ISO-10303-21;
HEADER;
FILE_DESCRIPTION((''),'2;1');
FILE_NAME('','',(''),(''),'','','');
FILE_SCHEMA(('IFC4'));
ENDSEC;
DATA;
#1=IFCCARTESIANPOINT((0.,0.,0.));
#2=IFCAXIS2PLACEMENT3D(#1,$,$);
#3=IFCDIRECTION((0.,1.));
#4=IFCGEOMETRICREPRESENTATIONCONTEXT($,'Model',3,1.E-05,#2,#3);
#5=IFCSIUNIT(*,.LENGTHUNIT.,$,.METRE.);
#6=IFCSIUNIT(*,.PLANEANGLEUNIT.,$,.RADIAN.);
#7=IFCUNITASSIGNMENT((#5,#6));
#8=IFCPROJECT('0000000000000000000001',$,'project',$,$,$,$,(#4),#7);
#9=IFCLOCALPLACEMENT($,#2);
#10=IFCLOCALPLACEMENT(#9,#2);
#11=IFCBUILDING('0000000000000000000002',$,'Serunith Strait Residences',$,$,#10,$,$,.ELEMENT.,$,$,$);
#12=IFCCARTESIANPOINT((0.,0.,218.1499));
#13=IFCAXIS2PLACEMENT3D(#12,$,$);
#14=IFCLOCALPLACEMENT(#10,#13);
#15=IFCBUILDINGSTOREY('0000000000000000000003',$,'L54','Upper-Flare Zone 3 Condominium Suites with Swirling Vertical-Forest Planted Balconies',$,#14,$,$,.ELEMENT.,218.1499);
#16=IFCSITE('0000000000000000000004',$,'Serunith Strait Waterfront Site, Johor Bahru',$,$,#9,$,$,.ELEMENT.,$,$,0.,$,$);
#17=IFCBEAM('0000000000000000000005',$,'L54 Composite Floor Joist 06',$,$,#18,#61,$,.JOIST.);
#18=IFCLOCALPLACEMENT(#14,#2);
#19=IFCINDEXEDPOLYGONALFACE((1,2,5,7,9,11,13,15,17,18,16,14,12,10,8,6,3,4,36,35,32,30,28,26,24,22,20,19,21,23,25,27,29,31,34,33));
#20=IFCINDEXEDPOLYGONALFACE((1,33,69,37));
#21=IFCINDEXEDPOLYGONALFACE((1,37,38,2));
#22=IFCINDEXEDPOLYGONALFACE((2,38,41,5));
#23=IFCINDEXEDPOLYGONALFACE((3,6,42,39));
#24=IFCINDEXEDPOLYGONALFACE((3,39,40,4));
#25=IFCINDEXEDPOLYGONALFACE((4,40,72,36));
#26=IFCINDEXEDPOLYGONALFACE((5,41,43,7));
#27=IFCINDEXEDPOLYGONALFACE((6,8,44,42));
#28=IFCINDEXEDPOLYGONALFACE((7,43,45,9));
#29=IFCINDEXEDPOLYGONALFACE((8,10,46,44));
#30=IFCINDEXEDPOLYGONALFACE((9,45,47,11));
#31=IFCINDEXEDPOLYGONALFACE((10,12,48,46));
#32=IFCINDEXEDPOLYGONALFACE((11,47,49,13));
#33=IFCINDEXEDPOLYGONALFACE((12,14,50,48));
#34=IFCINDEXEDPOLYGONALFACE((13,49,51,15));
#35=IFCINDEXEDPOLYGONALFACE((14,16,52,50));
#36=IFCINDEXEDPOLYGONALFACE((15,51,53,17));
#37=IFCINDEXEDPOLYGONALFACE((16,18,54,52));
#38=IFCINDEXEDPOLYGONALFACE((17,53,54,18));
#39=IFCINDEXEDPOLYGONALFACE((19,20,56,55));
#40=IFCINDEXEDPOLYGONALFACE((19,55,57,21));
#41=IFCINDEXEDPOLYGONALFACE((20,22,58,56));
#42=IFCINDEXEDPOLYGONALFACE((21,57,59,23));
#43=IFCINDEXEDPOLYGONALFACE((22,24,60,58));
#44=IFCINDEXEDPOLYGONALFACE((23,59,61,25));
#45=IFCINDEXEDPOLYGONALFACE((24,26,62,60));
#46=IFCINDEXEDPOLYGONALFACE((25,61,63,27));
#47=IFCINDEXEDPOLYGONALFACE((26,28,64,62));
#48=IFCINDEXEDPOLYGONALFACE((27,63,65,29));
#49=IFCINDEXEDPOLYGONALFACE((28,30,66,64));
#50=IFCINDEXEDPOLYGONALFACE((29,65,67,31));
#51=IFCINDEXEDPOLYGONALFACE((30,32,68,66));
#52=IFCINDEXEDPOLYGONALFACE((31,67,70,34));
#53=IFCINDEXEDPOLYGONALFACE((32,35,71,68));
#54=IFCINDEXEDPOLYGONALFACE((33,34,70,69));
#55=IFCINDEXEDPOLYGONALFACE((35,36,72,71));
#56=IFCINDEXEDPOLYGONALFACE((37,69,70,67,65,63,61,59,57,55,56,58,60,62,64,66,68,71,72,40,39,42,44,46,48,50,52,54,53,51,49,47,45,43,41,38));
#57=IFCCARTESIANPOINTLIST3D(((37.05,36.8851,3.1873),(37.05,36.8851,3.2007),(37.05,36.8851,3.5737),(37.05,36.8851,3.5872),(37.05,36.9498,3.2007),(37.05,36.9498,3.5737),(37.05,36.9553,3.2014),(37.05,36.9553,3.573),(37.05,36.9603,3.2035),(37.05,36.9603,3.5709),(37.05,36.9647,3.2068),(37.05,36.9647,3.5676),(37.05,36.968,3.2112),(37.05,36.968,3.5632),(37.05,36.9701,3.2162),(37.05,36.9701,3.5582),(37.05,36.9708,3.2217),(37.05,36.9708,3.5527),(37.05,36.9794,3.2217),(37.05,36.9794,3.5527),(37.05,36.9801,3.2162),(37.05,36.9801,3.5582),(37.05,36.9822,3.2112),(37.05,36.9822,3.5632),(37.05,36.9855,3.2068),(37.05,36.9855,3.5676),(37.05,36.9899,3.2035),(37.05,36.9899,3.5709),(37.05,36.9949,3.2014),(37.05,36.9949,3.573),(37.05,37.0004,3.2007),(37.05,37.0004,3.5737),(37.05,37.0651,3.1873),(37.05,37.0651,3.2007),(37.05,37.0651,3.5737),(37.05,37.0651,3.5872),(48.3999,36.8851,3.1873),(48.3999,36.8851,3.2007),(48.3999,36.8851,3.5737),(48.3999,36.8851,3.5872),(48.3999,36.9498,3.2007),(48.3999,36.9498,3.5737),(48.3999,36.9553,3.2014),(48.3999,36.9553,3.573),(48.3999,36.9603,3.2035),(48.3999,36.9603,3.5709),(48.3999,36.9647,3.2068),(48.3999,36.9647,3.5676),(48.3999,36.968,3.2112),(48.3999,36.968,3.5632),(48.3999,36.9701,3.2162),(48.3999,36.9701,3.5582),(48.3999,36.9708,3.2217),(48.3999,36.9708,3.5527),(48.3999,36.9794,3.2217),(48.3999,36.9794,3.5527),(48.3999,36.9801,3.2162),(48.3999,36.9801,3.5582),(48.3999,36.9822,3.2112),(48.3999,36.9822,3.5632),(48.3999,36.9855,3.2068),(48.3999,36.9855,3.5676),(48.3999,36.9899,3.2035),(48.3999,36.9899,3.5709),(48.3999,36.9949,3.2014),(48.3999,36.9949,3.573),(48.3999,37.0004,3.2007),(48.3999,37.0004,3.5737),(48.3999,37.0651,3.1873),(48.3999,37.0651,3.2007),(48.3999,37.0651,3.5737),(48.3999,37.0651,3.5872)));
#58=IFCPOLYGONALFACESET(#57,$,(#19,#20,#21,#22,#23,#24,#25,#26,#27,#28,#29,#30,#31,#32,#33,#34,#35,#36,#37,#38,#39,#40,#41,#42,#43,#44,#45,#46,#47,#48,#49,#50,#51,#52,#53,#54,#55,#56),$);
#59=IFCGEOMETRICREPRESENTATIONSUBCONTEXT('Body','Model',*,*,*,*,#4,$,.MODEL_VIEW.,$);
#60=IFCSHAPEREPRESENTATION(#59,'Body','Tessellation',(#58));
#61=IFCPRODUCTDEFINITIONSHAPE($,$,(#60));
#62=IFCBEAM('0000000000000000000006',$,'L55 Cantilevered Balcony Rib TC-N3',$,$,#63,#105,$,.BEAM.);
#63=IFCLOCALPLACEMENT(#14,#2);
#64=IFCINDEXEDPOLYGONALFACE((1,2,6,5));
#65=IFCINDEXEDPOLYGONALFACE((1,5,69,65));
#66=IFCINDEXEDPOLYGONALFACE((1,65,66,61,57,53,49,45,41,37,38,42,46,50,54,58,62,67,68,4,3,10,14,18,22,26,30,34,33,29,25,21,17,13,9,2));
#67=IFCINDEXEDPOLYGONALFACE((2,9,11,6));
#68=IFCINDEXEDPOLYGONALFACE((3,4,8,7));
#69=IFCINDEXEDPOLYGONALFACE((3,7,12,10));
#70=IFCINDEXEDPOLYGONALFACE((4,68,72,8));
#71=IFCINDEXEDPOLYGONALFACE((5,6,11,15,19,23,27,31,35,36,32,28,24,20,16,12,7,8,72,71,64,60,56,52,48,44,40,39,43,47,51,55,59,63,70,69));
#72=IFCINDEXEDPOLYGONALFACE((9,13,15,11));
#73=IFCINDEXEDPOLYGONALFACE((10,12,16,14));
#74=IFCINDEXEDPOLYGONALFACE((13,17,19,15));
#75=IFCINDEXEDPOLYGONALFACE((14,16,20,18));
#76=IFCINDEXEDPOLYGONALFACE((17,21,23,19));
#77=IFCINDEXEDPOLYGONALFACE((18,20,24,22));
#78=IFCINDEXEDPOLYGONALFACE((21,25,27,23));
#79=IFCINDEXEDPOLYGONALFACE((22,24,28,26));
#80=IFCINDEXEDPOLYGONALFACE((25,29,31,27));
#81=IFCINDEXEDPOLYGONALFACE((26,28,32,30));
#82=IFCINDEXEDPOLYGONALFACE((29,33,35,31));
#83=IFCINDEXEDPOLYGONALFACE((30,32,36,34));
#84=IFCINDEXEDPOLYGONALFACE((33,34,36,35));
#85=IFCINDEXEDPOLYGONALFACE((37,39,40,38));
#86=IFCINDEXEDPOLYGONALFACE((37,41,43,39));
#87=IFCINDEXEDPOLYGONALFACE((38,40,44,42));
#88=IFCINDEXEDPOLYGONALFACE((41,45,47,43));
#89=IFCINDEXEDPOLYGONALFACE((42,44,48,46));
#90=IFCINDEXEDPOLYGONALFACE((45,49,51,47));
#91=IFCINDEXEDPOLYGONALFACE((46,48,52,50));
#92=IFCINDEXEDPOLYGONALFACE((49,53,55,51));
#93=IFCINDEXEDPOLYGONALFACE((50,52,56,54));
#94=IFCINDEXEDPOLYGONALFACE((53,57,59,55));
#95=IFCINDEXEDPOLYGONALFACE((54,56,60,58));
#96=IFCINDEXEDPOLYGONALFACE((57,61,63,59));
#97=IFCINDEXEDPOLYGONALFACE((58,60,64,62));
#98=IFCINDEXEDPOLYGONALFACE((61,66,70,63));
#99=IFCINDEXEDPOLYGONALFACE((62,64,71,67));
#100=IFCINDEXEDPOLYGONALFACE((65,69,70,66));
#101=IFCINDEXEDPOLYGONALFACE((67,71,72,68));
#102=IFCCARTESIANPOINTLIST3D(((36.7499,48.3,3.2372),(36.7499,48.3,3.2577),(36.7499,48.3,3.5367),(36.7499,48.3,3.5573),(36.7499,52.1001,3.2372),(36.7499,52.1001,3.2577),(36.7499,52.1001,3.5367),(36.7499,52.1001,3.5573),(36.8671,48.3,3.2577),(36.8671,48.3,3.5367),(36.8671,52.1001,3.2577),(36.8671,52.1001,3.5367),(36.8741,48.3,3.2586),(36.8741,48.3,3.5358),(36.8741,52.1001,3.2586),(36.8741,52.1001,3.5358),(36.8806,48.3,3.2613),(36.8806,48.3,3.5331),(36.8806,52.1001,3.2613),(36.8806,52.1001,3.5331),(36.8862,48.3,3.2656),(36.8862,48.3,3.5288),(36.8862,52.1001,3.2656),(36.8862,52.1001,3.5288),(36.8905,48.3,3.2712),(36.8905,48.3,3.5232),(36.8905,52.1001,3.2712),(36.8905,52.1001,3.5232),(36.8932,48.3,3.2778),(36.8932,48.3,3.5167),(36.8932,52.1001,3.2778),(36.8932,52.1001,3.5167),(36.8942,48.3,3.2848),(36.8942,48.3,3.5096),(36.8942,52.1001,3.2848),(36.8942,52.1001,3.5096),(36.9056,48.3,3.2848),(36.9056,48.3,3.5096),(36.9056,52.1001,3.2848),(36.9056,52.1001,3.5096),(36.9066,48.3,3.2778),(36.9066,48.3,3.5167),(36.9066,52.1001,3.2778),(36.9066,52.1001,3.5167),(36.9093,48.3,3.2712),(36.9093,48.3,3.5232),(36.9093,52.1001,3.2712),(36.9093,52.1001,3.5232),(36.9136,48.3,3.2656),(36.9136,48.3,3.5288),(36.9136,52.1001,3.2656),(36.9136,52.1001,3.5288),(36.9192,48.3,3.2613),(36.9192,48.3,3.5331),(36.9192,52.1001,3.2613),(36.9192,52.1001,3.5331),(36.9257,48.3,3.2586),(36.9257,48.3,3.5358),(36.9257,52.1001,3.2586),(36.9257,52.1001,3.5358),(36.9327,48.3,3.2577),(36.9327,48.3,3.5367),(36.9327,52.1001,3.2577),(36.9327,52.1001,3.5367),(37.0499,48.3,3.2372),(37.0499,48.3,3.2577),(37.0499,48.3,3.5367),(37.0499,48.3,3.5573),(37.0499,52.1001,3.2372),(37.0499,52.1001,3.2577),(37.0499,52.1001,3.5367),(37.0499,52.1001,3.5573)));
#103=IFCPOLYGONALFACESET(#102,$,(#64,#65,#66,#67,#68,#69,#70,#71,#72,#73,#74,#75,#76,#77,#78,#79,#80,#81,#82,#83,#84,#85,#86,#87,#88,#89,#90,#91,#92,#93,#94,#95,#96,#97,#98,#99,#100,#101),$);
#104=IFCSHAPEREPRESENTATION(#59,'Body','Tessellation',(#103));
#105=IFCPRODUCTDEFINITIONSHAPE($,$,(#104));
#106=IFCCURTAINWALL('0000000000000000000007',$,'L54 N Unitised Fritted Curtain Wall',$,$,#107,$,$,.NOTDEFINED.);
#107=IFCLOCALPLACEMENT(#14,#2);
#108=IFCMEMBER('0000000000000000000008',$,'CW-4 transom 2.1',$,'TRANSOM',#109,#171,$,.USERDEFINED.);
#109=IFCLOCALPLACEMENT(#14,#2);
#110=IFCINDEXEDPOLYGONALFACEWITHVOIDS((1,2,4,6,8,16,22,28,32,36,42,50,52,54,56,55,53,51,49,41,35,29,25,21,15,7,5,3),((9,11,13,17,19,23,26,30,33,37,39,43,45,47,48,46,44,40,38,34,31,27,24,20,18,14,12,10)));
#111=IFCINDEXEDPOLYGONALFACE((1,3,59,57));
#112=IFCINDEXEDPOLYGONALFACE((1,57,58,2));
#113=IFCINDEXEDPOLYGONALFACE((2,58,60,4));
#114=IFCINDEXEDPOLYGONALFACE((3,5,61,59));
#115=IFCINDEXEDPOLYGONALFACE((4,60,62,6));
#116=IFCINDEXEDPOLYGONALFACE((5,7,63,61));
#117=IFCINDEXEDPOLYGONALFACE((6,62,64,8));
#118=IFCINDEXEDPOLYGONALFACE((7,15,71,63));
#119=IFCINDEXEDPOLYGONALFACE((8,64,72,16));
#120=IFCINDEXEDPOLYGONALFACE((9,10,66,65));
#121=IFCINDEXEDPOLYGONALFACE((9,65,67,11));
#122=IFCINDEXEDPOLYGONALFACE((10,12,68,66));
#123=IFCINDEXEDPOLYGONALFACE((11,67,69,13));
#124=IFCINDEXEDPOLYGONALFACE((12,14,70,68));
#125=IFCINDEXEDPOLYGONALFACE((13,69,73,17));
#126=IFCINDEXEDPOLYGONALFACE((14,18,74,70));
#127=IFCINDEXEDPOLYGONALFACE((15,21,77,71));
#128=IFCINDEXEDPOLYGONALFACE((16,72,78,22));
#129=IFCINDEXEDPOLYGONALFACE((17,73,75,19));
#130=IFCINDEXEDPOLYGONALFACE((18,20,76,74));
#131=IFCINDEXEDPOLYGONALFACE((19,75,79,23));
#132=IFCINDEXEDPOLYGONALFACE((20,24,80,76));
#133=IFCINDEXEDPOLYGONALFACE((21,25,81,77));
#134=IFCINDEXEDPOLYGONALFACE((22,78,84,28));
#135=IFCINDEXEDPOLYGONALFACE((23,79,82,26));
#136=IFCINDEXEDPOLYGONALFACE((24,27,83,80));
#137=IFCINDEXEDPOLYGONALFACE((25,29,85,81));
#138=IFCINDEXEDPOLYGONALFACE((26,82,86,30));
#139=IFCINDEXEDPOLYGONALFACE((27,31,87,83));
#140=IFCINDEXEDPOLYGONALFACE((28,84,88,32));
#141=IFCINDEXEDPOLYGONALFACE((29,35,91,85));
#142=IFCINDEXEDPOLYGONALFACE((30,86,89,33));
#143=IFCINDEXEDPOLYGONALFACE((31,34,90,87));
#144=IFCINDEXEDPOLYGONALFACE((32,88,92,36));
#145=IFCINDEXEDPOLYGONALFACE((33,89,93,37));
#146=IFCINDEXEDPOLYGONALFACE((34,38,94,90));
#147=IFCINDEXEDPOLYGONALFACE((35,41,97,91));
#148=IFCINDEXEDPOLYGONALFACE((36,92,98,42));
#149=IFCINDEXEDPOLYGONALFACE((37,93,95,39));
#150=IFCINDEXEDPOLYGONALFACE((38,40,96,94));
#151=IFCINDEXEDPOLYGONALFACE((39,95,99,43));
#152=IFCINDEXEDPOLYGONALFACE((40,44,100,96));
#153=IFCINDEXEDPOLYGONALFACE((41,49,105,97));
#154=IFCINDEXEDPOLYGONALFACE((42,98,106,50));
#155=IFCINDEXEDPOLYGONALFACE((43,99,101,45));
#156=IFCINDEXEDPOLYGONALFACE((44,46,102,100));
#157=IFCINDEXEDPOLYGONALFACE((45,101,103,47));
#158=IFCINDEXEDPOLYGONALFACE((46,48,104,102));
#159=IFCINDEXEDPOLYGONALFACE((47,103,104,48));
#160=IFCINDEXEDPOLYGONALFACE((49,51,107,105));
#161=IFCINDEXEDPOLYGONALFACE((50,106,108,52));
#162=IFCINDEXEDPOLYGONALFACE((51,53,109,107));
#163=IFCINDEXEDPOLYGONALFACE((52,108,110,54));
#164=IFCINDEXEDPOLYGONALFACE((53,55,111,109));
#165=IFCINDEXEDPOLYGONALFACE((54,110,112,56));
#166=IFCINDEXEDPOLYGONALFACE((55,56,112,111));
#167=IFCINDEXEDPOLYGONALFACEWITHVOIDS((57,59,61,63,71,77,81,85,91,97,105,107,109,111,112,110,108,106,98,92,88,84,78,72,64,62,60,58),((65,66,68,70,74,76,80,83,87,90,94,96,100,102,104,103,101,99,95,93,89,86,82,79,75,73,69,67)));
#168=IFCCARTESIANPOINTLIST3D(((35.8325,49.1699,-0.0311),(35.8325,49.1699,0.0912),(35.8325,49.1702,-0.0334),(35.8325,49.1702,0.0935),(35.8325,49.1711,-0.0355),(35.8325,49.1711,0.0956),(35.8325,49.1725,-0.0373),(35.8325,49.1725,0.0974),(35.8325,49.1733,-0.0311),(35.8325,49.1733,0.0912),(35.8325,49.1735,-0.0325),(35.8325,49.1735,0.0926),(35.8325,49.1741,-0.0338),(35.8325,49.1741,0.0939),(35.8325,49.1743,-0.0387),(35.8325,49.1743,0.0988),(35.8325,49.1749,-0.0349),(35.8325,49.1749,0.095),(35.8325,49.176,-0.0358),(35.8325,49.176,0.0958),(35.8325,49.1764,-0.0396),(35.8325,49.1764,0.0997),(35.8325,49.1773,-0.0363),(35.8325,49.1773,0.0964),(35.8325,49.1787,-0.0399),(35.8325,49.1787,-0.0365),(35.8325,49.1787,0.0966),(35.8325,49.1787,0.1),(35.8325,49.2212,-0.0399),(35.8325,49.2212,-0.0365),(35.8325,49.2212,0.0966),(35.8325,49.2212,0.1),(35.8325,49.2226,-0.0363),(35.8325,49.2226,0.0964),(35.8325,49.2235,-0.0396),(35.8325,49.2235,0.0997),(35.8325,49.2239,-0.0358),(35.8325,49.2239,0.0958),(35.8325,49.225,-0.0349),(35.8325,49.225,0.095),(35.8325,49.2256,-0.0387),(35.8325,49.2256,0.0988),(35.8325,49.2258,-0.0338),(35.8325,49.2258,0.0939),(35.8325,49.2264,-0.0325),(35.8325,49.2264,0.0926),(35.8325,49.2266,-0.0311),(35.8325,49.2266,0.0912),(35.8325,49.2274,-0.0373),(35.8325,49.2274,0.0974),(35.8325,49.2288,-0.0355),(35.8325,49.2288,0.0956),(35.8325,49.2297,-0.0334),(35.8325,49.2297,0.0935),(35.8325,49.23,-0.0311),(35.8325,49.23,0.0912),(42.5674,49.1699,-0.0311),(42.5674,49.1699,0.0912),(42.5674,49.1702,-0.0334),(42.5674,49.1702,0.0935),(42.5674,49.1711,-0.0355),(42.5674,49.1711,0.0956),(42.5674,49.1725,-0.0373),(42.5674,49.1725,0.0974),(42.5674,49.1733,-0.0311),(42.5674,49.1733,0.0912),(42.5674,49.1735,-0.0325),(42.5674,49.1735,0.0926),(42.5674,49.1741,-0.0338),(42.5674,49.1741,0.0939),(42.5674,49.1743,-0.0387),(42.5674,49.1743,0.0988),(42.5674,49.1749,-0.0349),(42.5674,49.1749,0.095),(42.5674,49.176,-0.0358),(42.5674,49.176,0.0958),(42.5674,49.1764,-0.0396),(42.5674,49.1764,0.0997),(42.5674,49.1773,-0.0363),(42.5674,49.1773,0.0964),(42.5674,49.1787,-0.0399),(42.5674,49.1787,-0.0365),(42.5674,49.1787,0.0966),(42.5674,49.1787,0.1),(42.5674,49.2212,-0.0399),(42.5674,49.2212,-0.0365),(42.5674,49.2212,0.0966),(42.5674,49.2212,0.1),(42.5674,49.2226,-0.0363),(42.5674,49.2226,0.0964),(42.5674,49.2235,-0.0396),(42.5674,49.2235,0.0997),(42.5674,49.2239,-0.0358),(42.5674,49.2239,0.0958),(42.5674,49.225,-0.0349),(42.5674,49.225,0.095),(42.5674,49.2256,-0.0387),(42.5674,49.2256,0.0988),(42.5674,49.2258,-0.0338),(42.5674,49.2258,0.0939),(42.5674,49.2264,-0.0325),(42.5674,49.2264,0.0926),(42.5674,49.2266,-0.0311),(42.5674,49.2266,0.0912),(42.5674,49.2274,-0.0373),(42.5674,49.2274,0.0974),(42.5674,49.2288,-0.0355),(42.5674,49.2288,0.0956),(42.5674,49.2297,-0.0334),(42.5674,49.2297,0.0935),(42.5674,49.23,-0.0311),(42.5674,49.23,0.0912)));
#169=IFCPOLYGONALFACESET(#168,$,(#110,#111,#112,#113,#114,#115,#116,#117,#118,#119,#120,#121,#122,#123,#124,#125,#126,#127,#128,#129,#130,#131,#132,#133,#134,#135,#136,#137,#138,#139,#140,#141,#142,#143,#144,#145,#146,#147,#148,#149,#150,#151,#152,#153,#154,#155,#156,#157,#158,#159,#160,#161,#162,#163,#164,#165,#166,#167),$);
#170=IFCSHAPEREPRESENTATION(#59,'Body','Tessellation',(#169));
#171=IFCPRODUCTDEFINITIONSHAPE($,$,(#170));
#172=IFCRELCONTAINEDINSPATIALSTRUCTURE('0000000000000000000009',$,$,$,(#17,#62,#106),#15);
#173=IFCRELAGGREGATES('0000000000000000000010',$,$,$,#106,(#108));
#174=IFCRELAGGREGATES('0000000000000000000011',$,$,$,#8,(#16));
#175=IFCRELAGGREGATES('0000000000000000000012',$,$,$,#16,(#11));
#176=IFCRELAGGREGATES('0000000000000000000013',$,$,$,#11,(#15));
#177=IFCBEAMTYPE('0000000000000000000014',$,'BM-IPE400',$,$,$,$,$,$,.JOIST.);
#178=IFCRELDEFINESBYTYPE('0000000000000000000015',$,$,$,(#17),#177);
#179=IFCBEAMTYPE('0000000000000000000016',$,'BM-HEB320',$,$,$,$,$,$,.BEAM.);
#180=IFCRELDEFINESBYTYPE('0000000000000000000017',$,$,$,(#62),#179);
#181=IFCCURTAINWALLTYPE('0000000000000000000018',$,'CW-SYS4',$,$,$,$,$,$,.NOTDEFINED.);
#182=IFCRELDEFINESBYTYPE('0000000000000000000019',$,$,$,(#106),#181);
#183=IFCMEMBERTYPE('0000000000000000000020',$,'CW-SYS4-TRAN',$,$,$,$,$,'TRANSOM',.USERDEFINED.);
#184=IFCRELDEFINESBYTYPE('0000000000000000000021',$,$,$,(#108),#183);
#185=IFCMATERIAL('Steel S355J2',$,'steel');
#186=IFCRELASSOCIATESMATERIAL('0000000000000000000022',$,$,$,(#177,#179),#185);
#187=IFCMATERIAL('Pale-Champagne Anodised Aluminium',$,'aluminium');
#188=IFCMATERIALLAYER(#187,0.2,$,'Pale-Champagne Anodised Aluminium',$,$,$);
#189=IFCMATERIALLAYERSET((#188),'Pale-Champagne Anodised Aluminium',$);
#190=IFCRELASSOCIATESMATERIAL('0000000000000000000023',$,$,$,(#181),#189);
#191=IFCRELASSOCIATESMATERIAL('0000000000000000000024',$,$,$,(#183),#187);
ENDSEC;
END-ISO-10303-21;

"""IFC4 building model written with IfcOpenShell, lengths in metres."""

from ifc_helpers import new_model, si_unit, direction, frame, origin, origin_2d, place, context, subcontext, project, spatial, hollow_rectangle, i_section, extrude, source, transform, mapped, material, layer, layer_set, material_profile, profile_set, type_object, element, aggregate, save


model = new_model("IFC4")

# Units and contexts
model_context = context("Model", 3, precision=1e-05, world=origin(), true_north=direction((0.0, 1.0)))
body_context = subcontext(model_context, "Body", "Model", "MODEL_VIEW")
ifc_project = project(units=[si_unit("LENGTHUNIT", "METRE"), si_unit("PLANEANGLEUNIT", "RADIAN")], contexts=[model_context])

# Site, building, storey
site_placement = place(None, origin())
site = spatial("IfcSite", under=ifc_project, at=site_placement, Name="Serunith Strait Waterfront Site, Johor Bahru", CompositionType="ELEMENT", RefElevation=0.0)
building_placement = place(site_placement, origin())
building = spatial("IfcBuilding", under=site, at=building_placement, Name="Serunith Strait Residences", CompositionType="ELEMENT")
storey_placement = place(building_placement, frame((0.0, 0.0, 218.1499)))
storey = spatial("IfcBuildingStorey", under=building, at=storey_placement, Name="L54", Description="Upper-Flare Zone 3 Condominium Suites with Swirling Vertical-Forest Planted Balconies", CompositionType="ELEMENT", Elevation=218.1499)

# Beams
ifc_material_1 = material(Name="Steel S355J2", Category="steel")
ifc_material_profile_1 = material_profile(ifc_material_1, i_section(OverallWidth=0.1799, OverallDepth=0.3999, WebThickness=0.0085, FlangeThickness=0.0134, FilletRadius=0.021, at=origin_2d()), Name="IPE 400")
ifc_profile_set_1 = profile_set([ifc_material_profile_1], Name="Steel S355J2")
beam_type_1 = type_object("IfcBeamType", Name="BM-IPE400", PredefinedType="JOIST", material=ifc_profile_set_1)
shared_shape_1 = source(origin(), body_context, "Body", "SweptSolid", [
    extrude(i_section(OverallWidth=0.1799, OverallDepth=0.3999, WebThickness=0.0085, FlangeThickness=0.0134, FilletRadius=0.021, at=origin_2d()), origin(), (0.0, 0.0, 1.0), 11.3499),
])
beam_1_placement = place(storey_placement, frame((37.05, 36.9751, 3.3872), z_axis=(1.0, 0.0, 0.0), x_axis=(0.0, 1.0, 0.0)))
element("IfcBeam", 1, at=beam_1_placement, inside=storey, type_object=beam_type_1, Name="L54 Composite Floor Joist 06", PredefinedType="JOIST", context=body_context, shape_type="MappedRepresentation", body=[
    mapped(shared_shape_1, transform((0.0, 0.0, 0.0), scale=1.0)),
])
ifc_material_profile_2 = material_profile(ifc_material_1, i_section(OverallWidth=0.3, OverallDepth=0.3201, WebThickness=0.0115, FlangeThickness=0.0205, FilletRadius=0.0271, at=origin_2d()), Name="HEB 320")
ifc_profile_set_2 = profile_set([ifc_material_profile_2], Name="Steel S355J2")
beam_type_2 = type_object("IfcBeamType", Name="BM-HEB320", PredefinedType="BEAM", material=ifc_profile_set_2)
shared_shape_2 = source(origin(), body_context, "Body", "SweptSolid", [
    extrude(i_section(OverallWidth=0.3, OverallDepth=0.3201, WebThickness=0.0115, FlangeThickness=0.0205, FilletRadius=0.0271, at=origin_2d()), origin(), (0.0, 0.0, 1.0), 3.8),
])
beam_2_placement = place(storey_placement, frame((36.8999, 48.3, 3.3972), z_axis=(0.0, 1.0, 0.0), x_axis=(-1.0, 0.0, 0.0)))
element("IfcBeam", 2, at=beam_2_placement, inside=storey, type_object=beam_type_2, Name="L55 Cantilevered Balcony Rib TC-N3", PredefinedType="BEAM", context=body_context, shape_type="MappedRepresentation", body=[
    mapped(shared_shape_2, transform((0.0, 0.0, 0.0), scale=1.0)),
])

# Curtain wall, member
ifc_material_2 = material(Name="Pale-Champagne Anodised Aluminium", Category="aluminium")
ifc_layer_1 = layer(ifc_material_2, 0.2, Name="Pale-Champagne Anodised Aluminium")
ifc_layer_set_1 = layer_set([ifc_layer_1], Name="Pale-Champagne Anodised Aluminium")
curtain_wall_type = type_object("IfcCurtainWallType", Name="CW-SYS4", PredefinedType="NOTDEFINED", material=ifc_layer_set_1)
curtain_wall_placement = place(storey_placement, origin())
curtain_wall = element("IfcCurtainWall", 3, at=curtain_wall_placement, inside=storey, type_object=curtain_wall_type, Name="L54 N Unitised Fritted Curtain Wall", PredefinedType="NOTDEFINED")
ifc_material_profile_3 = material_profile(ifc_material_2, hollow_rectangle(XDim=0.0601, YDim=0.1399, WallThickness=0.0034, InnerFilletRadius=0.0054, OuterFilletRadius=0.0088, at=origin_2d()), Name="ALU 140x60x3.5")
ifc_profile_set_3 = profile_set([ifc_material_profile_3], Name="Pale-Champagne Anodised Aluminium")
member_type_1 = type_object("IfcMemberType", Name="CW-SYS4-TRAN", ElementType="TRANSOM", PredefinedType="USERDEFINED", material=ifc_profile_set_3)
shared_shape_3 = source(origin(), body_context, "Body", "SweptSolid", [
    extrude(hollow_rectangle(XDim=0.0601, YDim=0.1399, WallThickness=0.0034, InnerFilletRadius=0.0054, OuterFilletRadius=0.0088, at=origin_2d()), origin(), (0.0, 0.0, 1.0), 6.7349),
])
member_1_placement = place(storey_placement, frame((42.5674, 49.2, 0.03), z_axis=(-1.0, 0.0, 0.0), x_axis=(0.0, -1.0, 0.0)))
member_1 = element("IfcMember", 4, at=member_1_placement, type_object=member_type_1, Name="CW-4 transom 2.1", ObjectType="TRANSOM", PredefinedType="USERDEFINED", context=body_context, shape_type="MappedRepresentation", body=[
    mapped(shared_shape_3, transform((0.0, 0.0, 0.0), scale=1.0)),
])
aggregate(curtain_wall, [member_1])

save(model, "model.ifc")
